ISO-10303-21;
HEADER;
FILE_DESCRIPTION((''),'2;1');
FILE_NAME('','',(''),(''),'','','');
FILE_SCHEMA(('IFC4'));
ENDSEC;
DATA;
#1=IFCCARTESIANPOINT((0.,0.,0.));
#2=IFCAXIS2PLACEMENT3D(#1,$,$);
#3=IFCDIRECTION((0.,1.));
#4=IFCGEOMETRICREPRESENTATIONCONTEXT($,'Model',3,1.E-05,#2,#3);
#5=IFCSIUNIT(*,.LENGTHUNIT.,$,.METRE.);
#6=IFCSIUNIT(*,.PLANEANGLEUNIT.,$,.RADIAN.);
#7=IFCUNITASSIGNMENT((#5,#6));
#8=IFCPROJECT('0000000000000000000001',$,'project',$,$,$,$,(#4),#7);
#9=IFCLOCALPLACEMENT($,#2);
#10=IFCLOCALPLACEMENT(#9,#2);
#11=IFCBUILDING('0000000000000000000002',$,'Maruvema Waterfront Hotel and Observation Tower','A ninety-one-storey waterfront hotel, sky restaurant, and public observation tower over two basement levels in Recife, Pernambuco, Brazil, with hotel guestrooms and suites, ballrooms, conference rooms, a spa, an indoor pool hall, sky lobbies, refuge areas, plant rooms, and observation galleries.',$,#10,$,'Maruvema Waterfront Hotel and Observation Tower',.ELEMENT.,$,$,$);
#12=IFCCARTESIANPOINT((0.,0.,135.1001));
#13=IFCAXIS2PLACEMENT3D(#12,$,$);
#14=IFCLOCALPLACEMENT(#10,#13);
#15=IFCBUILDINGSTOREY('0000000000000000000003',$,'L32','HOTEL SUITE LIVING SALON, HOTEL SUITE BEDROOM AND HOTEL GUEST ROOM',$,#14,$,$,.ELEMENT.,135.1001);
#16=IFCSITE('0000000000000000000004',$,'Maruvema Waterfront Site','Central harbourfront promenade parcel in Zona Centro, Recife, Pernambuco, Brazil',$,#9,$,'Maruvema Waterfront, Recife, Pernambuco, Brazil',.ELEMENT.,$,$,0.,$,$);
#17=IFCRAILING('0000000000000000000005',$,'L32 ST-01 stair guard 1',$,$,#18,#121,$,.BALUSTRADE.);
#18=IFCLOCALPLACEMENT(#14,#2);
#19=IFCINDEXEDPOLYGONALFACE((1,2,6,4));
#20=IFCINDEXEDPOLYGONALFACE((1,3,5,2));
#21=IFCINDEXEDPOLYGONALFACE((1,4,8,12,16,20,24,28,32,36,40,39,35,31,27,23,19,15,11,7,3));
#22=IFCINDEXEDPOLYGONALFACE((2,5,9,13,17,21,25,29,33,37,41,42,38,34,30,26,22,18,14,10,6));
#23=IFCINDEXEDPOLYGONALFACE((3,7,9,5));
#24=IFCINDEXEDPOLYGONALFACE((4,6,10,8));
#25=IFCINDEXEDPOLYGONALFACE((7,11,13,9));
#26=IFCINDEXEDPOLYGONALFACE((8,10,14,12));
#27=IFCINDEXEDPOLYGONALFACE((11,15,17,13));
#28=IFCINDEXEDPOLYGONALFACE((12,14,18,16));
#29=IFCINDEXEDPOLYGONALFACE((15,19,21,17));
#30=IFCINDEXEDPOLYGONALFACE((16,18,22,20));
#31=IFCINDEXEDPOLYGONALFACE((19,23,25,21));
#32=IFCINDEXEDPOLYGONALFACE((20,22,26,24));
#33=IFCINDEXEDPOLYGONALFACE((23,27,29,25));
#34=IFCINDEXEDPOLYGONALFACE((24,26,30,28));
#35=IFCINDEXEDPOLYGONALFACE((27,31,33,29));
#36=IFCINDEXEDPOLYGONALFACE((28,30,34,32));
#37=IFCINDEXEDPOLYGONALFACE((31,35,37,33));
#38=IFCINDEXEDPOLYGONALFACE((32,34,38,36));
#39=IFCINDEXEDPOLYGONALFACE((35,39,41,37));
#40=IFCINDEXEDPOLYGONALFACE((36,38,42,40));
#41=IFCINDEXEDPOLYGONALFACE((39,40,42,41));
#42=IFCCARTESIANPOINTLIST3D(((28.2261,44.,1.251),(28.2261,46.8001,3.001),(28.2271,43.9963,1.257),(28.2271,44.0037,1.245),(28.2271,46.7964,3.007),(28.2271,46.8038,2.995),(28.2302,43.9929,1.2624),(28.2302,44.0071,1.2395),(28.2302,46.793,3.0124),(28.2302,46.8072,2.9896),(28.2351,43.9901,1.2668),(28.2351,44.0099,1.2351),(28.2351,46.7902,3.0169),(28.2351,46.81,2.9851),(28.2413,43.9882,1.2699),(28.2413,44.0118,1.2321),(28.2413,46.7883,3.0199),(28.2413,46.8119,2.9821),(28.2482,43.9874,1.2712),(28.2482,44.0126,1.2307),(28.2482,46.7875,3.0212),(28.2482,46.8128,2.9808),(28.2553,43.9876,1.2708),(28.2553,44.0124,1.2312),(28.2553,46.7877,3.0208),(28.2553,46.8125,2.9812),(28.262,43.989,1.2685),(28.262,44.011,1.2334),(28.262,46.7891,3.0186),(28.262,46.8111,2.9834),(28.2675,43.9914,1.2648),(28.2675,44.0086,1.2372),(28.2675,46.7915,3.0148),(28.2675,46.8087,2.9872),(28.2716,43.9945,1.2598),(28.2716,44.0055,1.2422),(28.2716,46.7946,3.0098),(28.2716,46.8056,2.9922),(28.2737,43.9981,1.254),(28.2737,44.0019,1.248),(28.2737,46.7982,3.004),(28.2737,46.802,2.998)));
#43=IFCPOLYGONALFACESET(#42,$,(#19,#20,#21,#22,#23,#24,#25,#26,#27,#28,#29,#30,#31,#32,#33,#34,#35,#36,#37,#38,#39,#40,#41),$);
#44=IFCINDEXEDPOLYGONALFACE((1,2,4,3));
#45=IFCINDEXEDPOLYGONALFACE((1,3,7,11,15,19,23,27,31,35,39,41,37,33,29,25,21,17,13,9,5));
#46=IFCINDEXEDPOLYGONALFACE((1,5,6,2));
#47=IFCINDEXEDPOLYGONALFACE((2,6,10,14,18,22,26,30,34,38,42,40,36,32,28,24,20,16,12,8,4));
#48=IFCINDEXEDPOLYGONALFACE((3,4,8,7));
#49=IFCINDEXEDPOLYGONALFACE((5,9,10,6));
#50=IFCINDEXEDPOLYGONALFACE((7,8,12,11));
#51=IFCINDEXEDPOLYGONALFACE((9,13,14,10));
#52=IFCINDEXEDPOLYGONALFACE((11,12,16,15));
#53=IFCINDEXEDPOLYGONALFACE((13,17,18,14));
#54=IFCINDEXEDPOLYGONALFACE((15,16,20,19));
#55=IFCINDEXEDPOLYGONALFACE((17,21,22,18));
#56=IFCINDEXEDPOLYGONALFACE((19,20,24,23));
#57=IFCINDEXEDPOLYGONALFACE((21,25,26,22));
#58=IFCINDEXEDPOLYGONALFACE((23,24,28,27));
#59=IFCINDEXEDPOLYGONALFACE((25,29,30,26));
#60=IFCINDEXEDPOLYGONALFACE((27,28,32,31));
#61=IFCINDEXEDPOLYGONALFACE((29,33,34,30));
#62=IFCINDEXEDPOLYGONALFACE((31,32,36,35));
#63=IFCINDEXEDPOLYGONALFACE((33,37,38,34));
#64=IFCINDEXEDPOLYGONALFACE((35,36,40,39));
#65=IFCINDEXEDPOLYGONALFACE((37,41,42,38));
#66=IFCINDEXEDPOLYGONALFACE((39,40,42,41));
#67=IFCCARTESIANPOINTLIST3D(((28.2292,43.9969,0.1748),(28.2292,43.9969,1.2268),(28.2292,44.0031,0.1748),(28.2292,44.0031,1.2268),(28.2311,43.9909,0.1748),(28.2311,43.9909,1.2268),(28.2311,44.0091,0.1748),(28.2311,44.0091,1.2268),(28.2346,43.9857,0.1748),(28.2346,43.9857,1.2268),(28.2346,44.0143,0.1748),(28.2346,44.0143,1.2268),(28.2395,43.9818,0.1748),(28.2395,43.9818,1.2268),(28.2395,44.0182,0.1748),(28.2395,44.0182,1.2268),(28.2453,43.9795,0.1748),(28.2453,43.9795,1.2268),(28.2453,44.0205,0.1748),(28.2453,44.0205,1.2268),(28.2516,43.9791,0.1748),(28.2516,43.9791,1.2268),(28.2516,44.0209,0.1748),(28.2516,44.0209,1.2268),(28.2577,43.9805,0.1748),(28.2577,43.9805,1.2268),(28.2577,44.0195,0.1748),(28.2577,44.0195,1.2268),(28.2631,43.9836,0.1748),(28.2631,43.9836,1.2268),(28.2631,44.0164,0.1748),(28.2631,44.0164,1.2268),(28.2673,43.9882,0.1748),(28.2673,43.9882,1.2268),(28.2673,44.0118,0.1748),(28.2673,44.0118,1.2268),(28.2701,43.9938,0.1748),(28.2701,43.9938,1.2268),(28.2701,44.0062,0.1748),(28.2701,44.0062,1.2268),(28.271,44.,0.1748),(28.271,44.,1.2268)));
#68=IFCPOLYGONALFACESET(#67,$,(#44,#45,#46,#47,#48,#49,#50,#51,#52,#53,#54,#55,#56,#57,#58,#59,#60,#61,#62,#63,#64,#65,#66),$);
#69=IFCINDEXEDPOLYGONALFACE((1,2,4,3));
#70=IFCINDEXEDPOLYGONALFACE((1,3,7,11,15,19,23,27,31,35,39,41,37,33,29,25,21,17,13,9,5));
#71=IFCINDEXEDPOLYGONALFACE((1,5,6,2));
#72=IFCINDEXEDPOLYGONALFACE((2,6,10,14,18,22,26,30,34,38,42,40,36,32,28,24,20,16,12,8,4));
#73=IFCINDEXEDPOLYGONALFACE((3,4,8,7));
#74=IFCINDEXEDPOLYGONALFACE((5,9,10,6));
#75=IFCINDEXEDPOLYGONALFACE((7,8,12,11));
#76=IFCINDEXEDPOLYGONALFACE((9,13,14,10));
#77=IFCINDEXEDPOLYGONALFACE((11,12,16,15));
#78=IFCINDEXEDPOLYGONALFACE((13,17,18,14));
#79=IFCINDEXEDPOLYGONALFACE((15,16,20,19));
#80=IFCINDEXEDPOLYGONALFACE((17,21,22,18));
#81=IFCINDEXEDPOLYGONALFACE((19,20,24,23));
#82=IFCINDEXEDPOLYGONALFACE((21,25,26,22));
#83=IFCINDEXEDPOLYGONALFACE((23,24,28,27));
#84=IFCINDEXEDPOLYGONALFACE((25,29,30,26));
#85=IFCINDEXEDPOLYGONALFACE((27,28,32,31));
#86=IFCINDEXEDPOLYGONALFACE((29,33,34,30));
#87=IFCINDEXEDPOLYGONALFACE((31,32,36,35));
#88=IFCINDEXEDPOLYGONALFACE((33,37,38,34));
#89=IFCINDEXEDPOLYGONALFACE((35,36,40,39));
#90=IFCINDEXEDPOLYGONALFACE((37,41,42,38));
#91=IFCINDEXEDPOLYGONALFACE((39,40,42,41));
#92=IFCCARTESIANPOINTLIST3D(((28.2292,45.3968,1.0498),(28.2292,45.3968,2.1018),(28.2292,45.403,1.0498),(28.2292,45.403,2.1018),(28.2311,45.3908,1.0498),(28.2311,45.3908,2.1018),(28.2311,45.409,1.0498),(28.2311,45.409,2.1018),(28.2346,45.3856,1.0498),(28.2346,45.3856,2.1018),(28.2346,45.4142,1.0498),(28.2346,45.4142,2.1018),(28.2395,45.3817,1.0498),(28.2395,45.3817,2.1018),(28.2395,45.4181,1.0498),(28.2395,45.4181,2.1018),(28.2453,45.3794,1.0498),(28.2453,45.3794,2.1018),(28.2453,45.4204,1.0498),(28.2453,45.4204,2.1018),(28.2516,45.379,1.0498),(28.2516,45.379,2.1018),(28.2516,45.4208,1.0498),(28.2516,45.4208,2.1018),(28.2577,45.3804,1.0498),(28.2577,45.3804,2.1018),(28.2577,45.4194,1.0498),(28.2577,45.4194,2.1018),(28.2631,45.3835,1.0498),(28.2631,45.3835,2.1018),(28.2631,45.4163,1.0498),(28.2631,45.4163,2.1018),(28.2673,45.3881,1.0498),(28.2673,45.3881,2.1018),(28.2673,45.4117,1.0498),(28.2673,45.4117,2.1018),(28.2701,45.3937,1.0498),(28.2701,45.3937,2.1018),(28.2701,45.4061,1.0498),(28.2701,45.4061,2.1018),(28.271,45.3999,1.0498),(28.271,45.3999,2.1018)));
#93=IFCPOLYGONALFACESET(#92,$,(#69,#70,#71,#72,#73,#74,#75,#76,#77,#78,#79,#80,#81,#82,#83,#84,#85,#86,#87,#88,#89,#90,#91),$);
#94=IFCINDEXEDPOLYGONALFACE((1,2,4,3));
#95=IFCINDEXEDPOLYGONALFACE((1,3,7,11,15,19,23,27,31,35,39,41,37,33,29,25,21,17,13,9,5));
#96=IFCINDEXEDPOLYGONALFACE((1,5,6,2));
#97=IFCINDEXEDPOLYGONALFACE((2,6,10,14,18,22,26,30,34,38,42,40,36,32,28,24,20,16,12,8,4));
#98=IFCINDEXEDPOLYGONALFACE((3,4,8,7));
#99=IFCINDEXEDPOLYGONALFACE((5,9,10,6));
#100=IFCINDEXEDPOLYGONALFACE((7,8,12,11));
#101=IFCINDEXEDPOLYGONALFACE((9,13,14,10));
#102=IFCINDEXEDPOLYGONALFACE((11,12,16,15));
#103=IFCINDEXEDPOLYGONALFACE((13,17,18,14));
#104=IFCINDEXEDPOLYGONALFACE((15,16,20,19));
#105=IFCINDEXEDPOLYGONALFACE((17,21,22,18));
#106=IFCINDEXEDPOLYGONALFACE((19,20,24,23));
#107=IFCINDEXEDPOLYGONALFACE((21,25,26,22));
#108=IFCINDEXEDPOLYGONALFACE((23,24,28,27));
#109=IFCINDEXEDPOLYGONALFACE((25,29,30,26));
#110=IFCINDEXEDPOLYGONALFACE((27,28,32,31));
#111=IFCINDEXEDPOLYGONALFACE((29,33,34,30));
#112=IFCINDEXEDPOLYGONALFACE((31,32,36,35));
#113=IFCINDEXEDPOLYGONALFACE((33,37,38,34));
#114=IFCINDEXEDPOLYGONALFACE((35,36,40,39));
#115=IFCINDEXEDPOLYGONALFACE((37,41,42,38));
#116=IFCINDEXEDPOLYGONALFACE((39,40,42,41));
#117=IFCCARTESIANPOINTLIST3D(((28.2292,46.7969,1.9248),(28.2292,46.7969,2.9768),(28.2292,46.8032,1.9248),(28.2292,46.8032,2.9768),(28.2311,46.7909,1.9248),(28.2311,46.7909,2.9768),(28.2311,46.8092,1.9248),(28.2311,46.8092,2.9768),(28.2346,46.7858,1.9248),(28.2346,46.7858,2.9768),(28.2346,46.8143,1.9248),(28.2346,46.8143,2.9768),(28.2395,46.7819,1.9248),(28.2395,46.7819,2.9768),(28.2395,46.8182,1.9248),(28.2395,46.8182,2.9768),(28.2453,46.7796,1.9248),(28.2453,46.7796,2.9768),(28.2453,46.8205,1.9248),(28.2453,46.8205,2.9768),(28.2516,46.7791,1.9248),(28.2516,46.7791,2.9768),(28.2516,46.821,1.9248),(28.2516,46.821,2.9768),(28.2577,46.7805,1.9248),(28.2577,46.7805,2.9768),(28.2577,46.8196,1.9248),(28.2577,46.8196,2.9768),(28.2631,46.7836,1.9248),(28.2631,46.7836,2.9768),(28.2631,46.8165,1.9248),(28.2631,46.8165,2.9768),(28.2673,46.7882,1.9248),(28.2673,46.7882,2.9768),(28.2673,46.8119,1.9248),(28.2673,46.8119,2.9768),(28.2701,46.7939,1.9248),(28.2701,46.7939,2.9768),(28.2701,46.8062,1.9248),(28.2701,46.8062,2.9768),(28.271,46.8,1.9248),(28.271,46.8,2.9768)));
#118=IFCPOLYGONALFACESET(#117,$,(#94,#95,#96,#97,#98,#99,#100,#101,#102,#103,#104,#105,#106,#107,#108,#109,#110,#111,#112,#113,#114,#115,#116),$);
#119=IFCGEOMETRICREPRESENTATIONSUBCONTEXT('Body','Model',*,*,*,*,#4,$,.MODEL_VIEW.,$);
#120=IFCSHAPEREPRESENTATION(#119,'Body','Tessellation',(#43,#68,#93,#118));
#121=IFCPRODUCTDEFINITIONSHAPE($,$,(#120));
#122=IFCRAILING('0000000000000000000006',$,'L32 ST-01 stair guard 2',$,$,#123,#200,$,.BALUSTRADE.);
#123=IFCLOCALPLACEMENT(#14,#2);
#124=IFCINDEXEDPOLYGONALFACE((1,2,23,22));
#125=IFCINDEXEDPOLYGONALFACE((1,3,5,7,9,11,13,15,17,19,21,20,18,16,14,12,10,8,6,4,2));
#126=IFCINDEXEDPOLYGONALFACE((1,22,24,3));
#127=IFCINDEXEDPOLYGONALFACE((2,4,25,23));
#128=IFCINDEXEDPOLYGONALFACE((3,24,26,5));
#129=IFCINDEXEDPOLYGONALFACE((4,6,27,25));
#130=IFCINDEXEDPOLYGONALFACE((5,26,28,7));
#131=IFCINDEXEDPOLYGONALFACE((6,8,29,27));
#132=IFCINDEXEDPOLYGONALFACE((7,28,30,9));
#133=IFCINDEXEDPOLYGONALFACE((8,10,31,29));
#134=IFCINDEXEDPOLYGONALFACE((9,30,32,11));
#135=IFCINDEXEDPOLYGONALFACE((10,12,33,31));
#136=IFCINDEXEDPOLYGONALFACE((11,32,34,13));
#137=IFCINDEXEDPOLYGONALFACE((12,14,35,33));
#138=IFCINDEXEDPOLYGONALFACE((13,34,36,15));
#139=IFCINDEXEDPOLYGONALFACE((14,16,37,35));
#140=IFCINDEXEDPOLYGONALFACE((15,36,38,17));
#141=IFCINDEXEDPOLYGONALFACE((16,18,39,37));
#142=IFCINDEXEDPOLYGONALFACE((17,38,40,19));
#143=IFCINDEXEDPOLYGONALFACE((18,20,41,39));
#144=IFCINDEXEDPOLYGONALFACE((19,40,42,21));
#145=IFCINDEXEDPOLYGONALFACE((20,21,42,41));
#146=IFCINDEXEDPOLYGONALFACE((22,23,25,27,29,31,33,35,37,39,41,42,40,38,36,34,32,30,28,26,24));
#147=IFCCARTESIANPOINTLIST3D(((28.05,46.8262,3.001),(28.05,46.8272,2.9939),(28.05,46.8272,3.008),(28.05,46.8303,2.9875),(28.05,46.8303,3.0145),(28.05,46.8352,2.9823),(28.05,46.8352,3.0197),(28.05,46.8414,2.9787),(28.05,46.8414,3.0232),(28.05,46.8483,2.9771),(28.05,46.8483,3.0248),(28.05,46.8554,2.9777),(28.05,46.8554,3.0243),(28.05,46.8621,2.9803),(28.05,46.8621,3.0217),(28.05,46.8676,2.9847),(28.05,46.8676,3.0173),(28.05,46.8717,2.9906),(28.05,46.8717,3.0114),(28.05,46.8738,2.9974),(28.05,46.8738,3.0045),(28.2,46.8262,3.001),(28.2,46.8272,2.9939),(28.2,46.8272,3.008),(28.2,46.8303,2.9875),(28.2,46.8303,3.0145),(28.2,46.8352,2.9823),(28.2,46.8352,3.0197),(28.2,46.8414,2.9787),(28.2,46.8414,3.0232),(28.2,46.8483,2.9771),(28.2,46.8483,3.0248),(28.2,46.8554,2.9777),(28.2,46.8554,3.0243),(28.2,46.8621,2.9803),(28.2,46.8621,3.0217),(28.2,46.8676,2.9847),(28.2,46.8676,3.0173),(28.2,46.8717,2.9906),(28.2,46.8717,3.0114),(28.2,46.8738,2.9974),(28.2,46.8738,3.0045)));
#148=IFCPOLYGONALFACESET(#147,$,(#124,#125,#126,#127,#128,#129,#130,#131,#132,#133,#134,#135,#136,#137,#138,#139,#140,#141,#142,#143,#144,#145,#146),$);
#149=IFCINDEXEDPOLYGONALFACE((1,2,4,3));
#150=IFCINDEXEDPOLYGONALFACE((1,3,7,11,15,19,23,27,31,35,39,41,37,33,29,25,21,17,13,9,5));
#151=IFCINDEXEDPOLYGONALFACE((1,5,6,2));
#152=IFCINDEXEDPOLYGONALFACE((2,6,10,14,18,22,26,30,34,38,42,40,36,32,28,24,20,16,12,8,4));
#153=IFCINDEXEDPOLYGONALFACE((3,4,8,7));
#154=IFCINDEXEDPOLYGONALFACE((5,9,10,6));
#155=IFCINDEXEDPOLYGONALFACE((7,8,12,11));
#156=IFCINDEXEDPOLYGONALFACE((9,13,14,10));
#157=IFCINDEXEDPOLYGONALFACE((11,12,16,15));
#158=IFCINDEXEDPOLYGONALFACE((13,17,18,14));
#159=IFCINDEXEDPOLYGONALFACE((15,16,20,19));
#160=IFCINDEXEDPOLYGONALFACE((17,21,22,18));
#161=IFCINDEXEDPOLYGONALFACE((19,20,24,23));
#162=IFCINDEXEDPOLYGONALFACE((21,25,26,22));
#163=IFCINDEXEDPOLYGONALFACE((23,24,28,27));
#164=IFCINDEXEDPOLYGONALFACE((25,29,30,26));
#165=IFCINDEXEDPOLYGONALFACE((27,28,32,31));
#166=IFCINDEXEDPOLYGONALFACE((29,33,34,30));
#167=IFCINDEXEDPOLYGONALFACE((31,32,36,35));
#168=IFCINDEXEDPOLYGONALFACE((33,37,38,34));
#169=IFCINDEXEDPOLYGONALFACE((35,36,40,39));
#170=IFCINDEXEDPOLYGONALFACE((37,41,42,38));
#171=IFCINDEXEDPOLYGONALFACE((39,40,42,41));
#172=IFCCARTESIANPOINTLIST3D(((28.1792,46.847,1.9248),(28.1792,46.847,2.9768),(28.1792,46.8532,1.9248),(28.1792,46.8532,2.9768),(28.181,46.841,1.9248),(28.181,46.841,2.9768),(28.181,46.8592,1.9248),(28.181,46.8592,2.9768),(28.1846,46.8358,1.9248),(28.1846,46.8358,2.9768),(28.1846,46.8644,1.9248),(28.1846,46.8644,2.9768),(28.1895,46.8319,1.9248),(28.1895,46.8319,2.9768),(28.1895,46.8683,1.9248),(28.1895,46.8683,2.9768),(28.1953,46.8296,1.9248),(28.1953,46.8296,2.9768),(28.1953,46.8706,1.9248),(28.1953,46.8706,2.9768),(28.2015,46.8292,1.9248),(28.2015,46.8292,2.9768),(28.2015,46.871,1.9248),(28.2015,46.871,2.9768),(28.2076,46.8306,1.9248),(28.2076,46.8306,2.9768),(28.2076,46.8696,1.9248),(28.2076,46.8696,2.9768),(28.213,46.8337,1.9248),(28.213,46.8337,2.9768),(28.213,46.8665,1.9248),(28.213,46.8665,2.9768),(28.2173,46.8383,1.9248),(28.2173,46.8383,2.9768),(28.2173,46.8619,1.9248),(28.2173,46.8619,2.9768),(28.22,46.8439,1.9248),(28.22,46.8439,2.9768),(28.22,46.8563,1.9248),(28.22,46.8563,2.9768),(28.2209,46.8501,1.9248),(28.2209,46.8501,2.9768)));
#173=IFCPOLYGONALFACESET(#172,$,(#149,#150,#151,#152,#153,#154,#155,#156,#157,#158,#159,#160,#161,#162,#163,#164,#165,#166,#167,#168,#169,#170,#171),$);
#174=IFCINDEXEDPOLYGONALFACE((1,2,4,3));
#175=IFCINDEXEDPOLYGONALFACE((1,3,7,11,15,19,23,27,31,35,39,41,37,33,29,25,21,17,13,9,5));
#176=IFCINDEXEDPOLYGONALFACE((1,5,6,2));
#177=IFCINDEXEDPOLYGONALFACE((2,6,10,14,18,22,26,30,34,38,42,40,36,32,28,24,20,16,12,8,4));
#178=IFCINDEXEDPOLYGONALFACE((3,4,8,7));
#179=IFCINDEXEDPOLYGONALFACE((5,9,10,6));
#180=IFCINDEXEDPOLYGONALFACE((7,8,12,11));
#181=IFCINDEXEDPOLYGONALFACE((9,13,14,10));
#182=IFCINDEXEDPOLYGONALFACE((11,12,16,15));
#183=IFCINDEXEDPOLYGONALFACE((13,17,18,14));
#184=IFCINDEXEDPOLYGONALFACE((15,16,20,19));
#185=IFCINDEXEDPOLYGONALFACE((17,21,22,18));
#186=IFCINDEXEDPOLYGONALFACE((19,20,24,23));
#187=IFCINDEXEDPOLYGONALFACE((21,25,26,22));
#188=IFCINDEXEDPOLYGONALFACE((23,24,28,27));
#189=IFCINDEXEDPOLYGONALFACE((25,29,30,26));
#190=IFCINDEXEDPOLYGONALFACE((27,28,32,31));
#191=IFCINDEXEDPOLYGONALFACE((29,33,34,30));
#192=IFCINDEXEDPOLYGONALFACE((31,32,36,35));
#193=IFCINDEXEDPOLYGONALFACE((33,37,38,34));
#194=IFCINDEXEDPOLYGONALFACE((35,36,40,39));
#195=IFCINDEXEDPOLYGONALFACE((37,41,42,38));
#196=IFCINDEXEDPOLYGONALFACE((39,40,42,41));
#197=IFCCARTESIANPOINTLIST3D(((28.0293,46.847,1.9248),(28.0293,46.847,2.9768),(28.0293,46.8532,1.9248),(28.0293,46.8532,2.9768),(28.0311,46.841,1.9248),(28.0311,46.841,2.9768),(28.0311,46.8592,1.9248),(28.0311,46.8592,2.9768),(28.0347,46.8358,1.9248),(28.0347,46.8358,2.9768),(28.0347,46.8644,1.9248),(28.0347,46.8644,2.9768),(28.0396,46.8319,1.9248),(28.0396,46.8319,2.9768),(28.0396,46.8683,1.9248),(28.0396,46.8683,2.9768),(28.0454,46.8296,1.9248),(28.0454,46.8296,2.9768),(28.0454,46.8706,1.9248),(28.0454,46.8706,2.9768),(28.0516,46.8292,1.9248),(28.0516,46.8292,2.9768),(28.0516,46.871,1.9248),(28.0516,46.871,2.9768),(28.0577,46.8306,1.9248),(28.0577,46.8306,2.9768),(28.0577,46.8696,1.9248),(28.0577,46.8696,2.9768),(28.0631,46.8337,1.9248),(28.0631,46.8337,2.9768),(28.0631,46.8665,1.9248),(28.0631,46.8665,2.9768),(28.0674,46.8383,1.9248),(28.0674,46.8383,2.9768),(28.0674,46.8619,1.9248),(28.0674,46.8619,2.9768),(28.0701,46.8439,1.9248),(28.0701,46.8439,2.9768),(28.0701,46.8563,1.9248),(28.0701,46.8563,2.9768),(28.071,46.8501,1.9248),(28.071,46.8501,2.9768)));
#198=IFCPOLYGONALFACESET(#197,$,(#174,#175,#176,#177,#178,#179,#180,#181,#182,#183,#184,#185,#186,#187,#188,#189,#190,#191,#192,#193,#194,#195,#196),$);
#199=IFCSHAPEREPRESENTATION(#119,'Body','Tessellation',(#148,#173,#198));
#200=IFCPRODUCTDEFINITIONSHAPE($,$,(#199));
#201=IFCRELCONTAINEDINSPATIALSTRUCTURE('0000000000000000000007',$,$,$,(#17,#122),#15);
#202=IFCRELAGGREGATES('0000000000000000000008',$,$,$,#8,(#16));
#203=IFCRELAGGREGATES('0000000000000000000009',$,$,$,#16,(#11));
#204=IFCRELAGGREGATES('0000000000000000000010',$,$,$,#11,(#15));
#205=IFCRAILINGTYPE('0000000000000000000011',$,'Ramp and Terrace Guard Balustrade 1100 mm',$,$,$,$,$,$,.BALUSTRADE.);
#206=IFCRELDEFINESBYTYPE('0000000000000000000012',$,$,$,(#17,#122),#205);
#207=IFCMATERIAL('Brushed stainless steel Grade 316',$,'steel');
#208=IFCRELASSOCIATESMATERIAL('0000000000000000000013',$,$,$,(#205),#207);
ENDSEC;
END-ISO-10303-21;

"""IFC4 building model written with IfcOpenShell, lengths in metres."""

from ifc_helpers import new_model, si_unit, direction, frame, origin, origin_2d, place, context, subcontext, project, spatial, circle, extrude, material, type_object, element, save


model = new_model("IFC4")

# Units and contexts
model_context = context("Model", 3, precision=1e-05, world=origin(), true_north=direction((0.0, 1.0)))
body_context = subcontext(model_context, "Body", "Model", "MODEL_VIEW")
ifc_project = project(units=[si_unit("LENGTHUNIT", "METRE"), si_unit("PLANEANGLEUNIT", "RADIAN")], contexts=[model_context])

# Site, building, storey
site_placement = place(None, origin())
site = spatial("IfcSite", under=ifc_project, at=site_placement, Name="Maruvema Waterfront Site", Description="Central harbourfront promenade parcel in Zona Centro, Recife, Pernambuco, Brazil", LongName="Maruvema Waterfront, Recife, Pernambuco, Brazil", CompositionType="ELEMENT", RefElevation=0.0)
building_placement = place(site_placement, origin())
building = spatial("IfcBuilding", under=site, at=building_placement, Name="Maruvema Waterfront Hotel and Observation Tower", Description="A ninety-one-storey waterfront hotel, sky restaurant, and public observation tower over two basement levels in Recife, Pernambuco, Brazil, with hotel guestrooms and suites, ballrooms, conference rooms, a spa, an indoor pool hall, sky lobbies, refuge areas, plant rooms, and observation galleries.", LongName="Maruvema Waterfront Hotel and Observation Tower", CompositionType="ELEMENT")
storey_placement = place(building_placement, frame((0.0, 0.0, 135.1001)))
storey = spatial("IfcBuildingStorey", under=building, at=storey_placement, Name="L32", Description="HOTEL SUITE LIVING SALON, HOTEL SUITE BEDROOM AND HOTEL GUEST ROOM", CompositionType="ELEMENT", Elevation=135.1001)

# Railings
ifc_material_1 = material(Name="Brushed stainless steel Grade 316", Category="steel")
railing_type_1 = type_object("IfcRailingType", Name="Ramp and Terrace Guard Balustrade 1100 mm", PredefinedType="BALUSTRADE", material=ifc_material_1)
railing_1_placement = place(storey_placement, frame((28.25, 44.0, 0.1748)))
element("IfcRailing", 1, at=railing_1_placement, inside=storey, type_object=railing_type_1, Name="L32 ST-01 stair guard 1", PredefinedType="BALUSTRADE", context=body_context, shape_type="SweptSolid", body=[
    extrude(circle(Radius=0.0239, at=origin_2d()), frame((0.0, 0.0, 1.0762), z_axis=(0.0, 0.848002, 0.529992), x_axis=(-1.0, 0.0, 0.0)), (0.0, 0.0, 1.0), 3.302),
    extrude(circle(Radius=0.021, at=origin_2d()), origin(), (0.0, 0.0, 1.0), 1.052),
    extrude(circle(Radius=0.021, at=origin_2d()), frame((0.0, 1.3999, 0.875)), (0.0, 0.0, 1.0), 1.052),
    extrude(circle(Radius=0.021, at=origin_2d()), frame((0.0, 2.8, 1.75)), (0.0, 0.0, 1.0), 1.052),
])
railing_2_placement = place(storey_placement, frame((28.2, 46.8501, 1.9248)))
element("IfcRailing", 2, at=railing_2_placement, inside=storey, type_object=railing_type_1, Name="L32 ST-01 stair guard 2", PredefinedType="BALUSTRADE", context=body_context, shape_type="SweptSolid", body=[
    extrude(circle(Radius=0.0239, at=origin_2d()), frame((0.0, 0.0, 1.0762), z_axis=(-1.0, 0.0, 0.0), x_axis=(0.0, -1.0, 0.0)), (0.0, 0.0, 1.0), 0.1499),
    extrude(circle(Radius=0.021, at=origin_2d()), origin(), (0.0, 0.0, 1.0), 1.052),
    extrude(circle(Radius=0.021, at=origin_2d()), frame((-0.1499, 0.0, 0.0)), (0.0, 0.0, 1.0), 1.052),
])

save(model, "model.ifc")
